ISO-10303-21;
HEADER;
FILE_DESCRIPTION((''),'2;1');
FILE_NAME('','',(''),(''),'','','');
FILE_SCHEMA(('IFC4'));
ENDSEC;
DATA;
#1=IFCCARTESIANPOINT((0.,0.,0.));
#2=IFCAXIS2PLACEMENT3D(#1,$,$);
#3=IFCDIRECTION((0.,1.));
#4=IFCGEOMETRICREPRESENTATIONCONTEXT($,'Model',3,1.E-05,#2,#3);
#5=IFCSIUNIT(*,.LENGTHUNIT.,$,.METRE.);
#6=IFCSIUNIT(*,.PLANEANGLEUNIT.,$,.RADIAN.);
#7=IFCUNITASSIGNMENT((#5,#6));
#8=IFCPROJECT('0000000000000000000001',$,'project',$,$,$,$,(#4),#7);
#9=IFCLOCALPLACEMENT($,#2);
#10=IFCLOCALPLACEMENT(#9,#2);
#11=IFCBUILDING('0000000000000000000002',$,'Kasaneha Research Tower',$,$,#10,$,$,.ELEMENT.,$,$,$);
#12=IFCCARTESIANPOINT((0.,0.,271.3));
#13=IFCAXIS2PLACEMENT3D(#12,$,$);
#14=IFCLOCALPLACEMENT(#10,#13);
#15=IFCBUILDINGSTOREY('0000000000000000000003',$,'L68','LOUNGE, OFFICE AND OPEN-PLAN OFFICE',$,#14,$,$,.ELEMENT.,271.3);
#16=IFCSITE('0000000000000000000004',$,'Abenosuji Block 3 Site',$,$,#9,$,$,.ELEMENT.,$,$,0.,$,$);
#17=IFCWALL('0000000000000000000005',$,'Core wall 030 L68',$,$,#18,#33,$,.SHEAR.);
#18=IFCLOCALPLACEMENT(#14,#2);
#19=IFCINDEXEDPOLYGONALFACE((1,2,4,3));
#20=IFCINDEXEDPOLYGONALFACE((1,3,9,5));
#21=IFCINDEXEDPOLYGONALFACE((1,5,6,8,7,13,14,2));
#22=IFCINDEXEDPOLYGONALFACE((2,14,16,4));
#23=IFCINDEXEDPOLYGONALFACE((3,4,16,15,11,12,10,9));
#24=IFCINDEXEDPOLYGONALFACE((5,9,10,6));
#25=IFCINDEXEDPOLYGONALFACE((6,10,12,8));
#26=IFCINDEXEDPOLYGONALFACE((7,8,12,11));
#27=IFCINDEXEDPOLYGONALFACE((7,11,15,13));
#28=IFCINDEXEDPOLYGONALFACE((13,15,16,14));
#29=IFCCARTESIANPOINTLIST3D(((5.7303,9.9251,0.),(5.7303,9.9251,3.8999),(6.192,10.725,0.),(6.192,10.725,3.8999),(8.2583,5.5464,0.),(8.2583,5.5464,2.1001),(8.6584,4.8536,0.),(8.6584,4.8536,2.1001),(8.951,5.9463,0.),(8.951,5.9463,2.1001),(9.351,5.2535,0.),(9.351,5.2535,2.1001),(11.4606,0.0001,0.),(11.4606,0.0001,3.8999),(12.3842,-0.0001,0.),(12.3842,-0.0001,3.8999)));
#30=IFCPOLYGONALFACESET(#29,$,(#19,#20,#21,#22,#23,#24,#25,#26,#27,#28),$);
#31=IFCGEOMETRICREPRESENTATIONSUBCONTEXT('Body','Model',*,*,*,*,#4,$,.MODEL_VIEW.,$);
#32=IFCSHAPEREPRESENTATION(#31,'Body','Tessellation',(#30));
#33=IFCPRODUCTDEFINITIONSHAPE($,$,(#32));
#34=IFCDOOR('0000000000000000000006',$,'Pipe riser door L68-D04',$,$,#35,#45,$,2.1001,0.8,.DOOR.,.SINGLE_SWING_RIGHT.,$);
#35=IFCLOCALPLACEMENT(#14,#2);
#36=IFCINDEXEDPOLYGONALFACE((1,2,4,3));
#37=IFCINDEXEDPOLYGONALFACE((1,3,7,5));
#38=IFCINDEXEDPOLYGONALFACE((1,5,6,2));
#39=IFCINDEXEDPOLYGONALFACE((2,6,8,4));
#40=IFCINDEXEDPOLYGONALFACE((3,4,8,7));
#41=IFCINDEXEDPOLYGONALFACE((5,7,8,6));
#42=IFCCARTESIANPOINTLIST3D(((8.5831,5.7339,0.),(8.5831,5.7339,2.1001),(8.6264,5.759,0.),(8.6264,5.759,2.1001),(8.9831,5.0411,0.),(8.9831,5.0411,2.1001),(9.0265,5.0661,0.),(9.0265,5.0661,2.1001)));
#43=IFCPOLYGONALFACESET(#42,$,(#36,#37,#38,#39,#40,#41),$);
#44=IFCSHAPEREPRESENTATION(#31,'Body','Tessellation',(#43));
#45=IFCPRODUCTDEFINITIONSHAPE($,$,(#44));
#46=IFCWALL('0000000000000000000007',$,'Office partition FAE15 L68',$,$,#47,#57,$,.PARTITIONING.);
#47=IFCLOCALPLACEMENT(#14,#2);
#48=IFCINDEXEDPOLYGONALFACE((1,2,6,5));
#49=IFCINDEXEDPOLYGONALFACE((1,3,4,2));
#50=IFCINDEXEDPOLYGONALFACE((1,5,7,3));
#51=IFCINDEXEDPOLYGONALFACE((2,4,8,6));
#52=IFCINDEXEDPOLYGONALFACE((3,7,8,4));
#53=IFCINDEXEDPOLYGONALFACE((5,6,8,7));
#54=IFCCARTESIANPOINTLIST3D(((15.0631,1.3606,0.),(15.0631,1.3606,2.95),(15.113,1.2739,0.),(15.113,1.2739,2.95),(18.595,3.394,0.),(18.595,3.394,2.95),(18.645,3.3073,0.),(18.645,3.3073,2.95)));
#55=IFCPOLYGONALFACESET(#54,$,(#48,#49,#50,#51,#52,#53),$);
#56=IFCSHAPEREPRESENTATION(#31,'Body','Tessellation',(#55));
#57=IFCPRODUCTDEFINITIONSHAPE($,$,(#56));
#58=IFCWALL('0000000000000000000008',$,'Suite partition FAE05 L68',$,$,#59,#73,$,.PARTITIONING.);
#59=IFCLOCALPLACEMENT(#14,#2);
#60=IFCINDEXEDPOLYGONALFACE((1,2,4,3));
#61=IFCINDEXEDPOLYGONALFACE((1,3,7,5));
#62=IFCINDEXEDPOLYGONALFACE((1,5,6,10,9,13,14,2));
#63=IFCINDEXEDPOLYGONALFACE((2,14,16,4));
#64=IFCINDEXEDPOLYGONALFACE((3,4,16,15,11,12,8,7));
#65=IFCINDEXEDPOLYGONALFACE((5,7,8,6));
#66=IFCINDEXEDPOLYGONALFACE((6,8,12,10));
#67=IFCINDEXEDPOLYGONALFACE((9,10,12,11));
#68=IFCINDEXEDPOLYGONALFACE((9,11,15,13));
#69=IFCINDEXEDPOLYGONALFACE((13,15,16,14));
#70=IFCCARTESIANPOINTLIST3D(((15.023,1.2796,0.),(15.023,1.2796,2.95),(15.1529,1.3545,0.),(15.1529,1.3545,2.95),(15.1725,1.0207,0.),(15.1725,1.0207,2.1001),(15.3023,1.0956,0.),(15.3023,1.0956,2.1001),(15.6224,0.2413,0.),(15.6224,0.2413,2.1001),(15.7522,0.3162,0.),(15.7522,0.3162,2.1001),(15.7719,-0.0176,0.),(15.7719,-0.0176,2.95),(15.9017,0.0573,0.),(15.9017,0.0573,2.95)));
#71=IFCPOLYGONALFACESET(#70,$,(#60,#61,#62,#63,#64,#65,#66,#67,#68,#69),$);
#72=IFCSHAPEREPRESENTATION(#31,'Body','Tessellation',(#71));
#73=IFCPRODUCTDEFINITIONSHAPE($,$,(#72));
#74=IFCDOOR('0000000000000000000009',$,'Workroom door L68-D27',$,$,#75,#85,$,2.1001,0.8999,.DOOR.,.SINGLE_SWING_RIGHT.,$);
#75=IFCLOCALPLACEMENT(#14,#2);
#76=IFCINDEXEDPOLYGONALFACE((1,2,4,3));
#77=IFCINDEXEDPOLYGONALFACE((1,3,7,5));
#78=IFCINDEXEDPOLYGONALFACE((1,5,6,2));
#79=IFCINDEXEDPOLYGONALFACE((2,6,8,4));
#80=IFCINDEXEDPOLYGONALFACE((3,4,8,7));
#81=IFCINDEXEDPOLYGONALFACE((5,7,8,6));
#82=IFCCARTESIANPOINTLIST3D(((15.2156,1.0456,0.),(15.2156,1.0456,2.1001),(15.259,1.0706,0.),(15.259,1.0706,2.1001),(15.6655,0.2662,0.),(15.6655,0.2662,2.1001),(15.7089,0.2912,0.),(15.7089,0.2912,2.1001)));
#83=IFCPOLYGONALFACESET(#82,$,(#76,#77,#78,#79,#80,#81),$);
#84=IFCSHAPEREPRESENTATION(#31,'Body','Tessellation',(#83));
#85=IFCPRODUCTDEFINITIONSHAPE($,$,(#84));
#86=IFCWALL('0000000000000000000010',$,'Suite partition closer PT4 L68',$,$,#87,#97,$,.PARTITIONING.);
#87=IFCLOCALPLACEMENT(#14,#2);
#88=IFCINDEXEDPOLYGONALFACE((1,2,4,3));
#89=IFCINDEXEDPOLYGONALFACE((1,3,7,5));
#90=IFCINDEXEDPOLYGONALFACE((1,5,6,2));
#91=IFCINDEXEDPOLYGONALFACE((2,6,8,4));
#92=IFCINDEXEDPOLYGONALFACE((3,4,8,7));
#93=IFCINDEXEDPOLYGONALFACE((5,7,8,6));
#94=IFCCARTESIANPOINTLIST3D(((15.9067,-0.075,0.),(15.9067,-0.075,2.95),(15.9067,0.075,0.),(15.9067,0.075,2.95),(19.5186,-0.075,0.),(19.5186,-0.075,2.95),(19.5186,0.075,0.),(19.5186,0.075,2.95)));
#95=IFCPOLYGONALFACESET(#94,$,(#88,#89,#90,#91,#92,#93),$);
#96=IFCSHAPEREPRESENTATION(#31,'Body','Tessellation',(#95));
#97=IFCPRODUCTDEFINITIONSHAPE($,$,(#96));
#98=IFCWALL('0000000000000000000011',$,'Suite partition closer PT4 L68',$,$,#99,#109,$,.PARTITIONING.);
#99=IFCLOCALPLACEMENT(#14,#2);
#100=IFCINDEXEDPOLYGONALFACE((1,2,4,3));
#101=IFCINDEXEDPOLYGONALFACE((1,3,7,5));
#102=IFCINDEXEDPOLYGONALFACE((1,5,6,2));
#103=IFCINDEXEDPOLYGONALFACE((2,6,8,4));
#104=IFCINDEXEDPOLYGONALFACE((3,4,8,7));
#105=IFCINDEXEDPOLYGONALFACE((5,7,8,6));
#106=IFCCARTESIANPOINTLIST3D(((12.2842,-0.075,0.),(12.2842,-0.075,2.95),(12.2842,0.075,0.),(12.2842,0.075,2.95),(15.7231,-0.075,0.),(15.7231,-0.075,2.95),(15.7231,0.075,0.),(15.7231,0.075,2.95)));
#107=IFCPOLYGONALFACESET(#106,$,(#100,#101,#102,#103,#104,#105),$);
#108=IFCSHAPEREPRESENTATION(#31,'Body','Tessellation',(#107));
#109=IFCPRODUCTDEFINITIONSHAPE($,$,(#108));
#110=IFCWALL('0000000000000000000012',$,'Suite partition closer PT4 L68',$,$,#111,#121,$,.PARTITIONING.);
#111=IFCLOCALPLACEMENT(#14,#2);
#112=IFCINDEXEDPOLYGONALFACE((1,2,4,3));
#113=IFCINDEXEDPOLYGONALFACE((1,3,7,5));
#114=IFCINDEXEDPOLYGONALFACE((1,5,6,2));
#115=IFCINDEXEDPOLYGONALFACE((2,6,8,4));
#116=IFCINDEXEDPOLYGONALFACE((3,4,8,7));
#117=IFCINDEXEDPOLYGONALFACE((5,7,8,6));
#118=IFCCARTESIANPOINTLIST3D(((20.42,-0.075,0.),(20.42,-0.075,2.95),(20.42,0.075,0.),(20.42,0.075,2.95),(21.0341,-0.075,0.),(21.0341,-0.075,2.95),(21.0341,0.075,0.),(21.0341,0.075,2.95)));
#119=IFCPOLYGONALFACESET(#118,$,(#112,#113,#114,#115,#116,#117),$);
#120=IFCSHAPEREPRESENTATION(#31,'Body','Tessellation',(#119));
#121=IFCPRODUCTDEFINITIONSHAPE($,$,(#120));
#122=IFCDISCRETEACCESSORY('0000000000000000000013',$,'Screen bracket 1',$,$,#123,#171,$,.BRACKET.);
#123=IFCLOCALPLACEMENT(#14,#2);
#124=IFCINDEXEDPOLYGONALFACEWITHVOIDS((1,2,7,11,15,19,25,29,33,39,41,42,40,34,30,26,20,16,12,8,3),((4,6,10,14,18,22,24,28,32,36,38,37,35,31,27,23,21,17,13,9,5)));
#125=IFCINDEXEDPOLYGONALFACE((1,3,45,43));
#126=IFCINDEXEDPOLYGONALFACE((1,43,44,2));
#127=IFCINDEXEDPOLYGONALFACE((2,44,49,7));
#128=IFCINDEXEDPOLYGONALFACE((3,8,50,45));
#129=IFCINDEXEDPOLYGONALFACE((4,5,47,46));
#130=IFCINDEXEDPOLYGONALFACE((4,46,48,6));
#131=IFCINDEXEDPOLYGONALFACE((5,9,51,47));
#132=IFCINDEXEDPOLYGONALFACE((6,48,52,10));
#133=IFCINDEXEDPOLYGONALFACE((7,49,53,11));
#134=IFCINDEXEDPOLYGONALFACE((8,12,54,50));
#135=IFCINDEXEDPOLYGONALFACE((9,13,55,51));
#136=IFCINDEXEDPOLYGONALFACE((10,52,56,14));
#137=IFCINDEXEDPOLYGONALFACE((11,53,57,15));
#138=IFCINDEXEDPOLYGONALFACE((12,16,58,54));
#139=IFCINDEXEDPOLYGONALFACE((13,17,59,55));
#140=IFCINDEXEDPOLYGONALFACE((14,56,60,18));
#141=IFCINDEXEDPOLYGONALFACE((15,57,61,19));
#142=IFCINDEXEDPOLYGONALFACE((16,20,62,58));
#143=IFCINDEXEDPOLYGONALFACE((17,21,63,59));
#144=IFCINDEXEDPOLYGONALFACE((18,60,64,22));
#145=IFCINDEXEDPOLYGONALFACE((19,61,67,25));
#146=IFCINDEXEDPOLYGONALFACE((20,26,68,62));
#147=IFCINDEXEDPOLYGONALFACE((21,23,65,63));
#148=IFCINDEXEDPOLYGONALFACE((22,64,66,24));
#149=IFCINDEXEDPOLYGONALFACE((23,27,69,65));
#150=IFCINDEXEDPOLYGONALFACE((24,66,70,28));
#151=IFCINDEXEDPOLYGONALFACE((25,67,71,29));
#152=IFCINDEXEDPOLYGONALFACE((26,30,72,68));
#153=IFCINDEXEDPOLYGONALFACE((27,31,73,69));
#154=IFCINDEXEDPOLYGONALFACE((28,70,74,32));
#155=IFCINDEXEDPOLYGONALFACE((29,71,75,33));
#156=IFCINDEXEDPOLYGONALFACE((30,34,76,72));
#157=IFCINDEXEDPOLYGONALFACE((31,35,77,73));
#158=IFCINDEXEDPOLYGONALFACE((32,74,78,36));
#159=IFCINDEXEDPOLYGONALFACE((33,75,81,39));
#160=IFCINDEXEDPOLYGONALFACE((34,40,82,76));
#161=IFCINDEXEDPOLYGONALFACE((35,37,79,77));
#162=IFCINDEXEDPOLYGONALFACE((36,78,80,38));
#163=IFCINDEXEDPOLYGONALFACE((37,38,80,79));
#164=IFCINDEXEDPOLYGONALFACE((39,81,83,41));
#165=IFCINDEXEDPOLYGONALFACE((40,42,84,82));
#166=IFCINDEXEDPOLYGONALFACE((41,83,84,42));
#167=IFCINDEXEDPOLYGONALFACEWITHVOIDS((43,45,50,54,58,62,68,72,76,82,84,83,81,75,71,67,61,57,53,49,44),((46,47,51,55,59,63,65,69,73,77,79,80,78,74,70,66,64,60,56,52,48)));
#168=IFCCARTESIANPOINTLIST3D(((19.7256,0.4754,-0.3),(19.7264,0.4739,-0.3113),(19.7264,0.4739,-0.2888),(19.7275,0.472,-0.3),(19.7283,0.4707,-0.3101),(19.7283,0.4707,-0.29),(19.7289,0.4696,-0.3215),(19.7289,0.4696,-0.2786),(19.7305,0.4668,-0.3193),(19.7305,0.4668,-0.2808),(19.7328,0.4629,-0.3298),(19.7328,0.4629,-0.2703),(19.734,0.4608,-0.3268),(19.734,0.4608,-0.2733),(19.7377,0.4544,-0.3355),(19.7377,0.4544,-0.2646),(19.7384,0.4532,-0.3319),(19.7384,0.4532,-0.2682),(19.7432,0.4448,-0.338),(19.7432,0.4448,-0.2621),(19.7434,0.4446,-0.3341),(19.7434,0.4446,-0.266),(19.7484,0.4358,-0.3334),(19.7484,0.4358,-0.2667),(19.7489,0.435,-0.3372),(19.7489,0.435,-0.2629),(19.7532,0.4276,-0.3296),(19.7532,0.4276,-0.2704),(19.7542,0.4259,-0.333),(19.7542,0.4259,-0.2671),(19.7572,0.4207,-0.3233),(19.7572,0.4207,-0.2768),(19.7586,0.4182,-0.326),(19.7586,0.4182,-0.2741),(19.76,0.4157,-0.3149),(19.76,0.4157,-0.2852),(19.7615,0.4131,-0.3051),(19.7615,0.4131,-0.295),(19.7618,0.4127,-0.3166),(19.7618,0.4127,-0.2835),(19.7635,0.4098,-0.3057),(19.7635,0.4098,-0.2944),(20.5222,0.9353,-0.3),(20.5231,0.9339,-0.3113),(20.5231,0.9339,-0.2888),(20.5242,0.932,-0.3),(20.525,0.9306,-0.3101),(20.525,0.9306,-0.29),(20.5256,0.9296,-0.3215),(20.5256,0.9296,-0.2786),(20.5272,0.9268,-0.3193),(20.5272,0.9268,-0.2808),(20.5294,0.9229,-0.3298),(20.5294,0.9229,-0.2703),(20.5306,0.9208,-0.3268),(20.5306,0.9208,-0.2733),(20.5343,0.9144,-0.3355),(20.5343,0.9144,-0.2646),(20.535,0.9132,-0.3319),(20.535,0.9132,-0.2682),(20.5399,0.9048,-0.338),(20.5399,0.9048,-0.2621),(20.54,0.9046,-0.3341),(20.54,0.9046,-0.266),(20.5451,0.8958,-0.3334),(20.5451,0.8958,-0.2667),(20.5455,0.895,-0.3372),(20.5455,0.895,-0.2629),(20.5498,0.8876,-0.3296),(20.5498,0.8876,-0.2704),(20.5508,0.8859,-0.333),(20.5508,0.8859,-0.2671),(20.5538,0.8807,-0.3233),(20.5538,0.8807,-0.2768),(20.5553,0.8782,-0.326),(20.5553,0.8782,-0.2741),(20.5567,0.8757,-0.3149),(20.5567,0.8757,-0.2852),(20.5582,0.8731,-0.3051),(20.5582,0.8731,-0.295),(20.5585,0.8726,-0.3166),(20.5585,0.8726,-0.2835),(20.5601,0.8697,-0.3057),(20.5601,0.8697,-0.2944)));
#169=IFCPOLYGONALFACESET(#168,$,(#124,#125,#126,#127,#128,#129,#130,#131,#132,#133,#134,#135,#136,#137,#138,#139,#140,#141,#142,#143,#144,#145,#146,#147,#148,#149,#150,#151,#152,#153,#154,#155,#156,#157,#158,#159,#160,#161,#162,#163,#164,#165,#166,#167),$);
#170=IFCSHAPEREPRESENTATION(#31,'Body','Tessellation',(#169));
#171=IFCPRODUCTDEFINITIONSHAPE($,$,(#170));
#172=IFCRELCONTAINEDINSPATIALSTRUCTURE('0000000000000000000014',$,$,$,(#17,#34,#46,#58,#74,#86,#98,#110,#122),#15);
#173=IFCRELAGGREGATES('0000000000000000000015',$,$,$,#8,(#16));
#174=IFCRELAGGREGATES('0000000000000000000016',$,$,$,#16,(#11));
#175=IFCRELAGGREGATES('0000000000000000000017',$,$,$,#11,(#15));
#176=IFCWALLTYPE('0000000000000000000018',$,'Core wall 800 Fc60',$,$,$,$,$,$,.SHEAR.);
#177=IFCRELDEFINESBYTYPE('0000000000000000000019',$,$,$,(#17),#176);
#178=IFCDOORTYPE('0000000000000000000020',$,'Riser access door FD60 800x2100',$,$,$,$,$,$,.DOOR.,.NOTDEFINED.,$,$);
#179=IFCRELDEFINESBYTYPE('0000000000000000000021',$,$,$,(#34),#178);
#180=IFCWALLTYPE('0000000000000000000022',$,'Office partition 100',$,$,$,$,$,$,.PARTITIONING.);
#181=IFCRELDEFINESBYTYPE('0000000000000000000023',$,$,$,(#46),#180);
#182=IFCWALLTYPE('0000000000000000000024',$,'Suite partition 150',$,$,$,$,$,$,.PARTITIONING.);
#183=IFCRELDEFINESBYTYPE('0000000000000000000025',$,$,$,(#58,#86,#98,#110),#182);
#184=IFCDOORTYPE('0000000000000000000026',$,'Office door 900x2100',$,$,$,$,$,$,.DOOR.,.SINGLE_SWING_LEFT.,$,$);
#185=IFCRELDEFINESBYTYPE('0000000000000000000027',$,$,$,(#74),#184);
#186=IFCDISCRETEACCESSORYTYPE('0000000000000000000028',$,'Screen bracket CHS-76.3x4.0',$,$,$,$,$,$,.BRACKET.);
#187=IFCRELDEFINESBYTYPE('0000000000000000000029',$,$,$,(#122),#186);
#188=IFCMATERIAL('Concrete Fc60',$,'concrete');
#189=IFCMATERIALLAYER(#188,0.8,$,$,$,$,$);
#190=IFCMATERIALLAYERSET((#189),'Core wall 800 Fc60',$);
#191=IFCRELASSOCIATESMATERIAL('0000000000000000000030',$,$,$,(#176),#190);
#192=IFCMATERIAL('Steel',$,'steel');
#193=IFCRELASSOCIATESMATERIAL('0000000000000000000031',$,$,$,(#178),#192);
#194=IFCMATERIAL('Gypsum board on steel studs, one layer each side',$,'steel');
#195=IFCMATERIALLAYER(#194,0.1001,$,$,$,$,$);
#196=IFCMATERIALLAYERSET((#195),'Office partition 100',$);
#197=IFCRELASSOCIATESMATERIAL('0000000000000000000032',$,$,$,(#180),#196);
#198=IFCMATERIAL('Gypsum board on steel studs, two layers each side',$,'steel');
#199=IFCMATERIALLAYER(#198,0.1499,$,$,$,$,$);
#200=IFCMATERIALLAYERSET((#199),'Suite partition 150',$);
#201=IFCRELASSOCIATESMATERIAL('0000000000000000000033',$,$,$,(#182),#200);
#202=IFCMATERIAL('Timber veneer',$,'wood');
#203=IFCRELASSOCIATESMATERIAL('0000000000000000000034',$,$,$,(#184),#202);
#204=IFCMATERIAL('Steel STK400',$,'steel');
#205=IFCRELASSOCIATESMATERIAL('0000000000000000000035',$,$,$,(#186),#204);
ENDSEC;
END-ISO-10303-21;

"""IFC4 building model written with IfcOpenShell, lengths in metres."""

from ifc_helpers import new_model, si_unit, direction, frame, frame_2d, origin, origin_2d, place, context, subcontext, project, spatial, polyline, rectangle, hollow_circle, outline, extrude, material, layer, layer_set, material_profile, profile_set, type_object, element, fill, save


model = new_model("IFC4")

# Units and contexts
model_context = context("Model", 3, precision=1e-05, world=origin(), true_north=direction((0.0, 1.0)))
body_context = subcontext(model_context, "Body", "Model", "MODEL_VIEW")
ifc_project = project(units=[si_unit("LENGTHUNIT", "METRE"), si_unit("PLANEANGLEUNIT", "RADIAN")], contexts=[model_context])

# Site, building, storey
site_placement = place(None, origin())
site = spatial("IfcSite", under=ifc_project, at=site_placement, Name="Abenosuji Block 3 Site", CompositionType="ELEMENT", RefElevation=0.0)
building_placement = place(site_placement, origin())
building = spatial("IfcBuilding", under=site, at=building_placement, Name="Kasaneha Research Tower", CompositionType="ELEMENT")
storey_placement = place(building_placement, frame((0.0, 0.0, 271.3)))
storey = spatial("IfcBuildingStorey", under=building, at=storey_placement, Name="L68", Description="LOUNGE, OFFICE AND OPEN-PLAN OFFICE", CompositionType="ELEMENT", Elevation=271.3)

# Wall, opening, door
ifc_material_1 = material(Name="Concrete Fc60", Category="concrete")
ifc_layer_1 = layer(ifc_material_1, 0.8)
ifc_layer_set_1 = layer_set([ifc_layer_1], Name="Core wall 800 Fc60")
wall_type_1 = type_object("IfcWallType", Name="Core wall 800 Fc60", PredefinedType="SHEAR", material=ifc_layer_set_1)
wall_1_placement = place(storey_placement, frame((11.9224, 0.0, 0.0), z_axis=(0.0, 0.0, 1.0), x_axis=(-0.500004, 0.866023, 0.0)))
wall_1 = element("IfcWall", 1, at=wall_1_placement, inside=storey, type_object=wall_type_1, Name="Core wall 030 L68", PredefinedType="SHEAR", context=body_context, shape_type="SweptSolid", body=[
    extrude(outline(polyline([(-0.231, -0.3999), (5.8354, -0.3999), (6.6355, -0.3999), (12.1533, -0.3999), (11.6914, 0.3999), (6.6355, 0.3999), (5.8354, 0.3999), (0.231, 0.3999), (-0.231, -0.3999)])), origin(), (0.0, 0.0, 1.0), 3.8999),
])
opening_1_placement = place(wall_1_placement, frame((5.8354, 0.0, 0.0)))
opening_1 = element("IfcOpeningElement", 2, at=opening_1_placement, cuts=wall_1, PredefinedType="OPENING", context=body_context, shape_type="SweptSolid", body=[
    extrude(rectangle(XDim=0.8, YDim=2.1001, at=frame_2d((0.3999, 1.05))), frame((0.0, 0.4102, 0.0), z_axis=(0.0, -1.0, 0.0), x_axis=(1.0, 0.0, 0.0)), (0.0, 0.0, 1.0), 0.8201),
])
ifc_material_2 = material(Name="Steel", Category="steel")
door_type_1 = type_object("IfcDoorType", Name="Riser access door FD60 800x2100", OperationType="NOTDEFINED", PredefinedType="DOOR", material=ifc_material_2)
door_1_placement = place(opening_1_placement, origin())
door_1 = element("IfcDoor", 3, at=door_1_placement, inside=storey, type_object=door_type_1, Name="Pipe riser door L68-D04", OperationType="SINGLE_SWING_RIGHT", OverallHeight=2.1001, OverallWidth=0.8, PredefinedType="DOOR", context=body_context, shape_type="SweptSolid", body=[
    extrude(rectangle(XDim=0.8, YDim=2.1001, at=frame_2d((0.3999, 1.05))), frame((0.0, 0.0249, 0.0), z_axis=(0.0, -1.0, 0.0), x_axis=(1.0, 0.0, 0.0)), (0.0, 0.0, 1.0), 0.05),
])
fill(opening_1, door_1)

# Wall
ifc_material_3 = material(Name="Gypsum board on steel studs, one layer each side", Category="steel")
ifc_layer_2 = layer(ifc_material_3, 0.1001)
ifc_layer_set_2 = layer_set([ifc_layer_2], Name="Office partition 100")
wall_type_2 = type_object("IfcWallType", Name="Office partition 100", PredefinedType="PARTITIONING", material=ifc_layer_set_2)
wall_2_placement = place(storey_placement, frame((18.6199, 3.3506, 0.0), z_axis=(0.0, 0.0, 1.0), x_axis=(-0.866635, -0.498943, 0.0)))
element("IfcWall", 4, at=wall_2_placement, inside=storey, type_object=wall_type_2, Name="Office partition FAE15 L68", PredefinedType="PARTITIONING", context=body_context, shape_type="SweptSolid", body=[
    extrude(rectangle(XDim=4.0754, YDim=0.1001, at=frame_2d((2.0376, 0.0))), origin(), (0.0, 0.0, 1.0), 2.95),
])

# Wall, opening, door
ifc_material_4 = material(Name="Gypsum board on steel studs, two layers each side", Category="steel")
ifc_layer_3 = layer(ifc_material_4, 0.1499)
ifc_layer_set_3 = layer_set([ifc_layer_3], Name="Suite partition 150")
wall_type_3 = type_object("IfcWallType", Name="Suite partition 150", PredefinedType="PARTITIONING", material=ifc_layer_set_3)
wall_3_placement = place(storey_placement, frame((15.0879, 1.3171, 0.0), z_axis=(0.0, 0.0, 1.0), x_axis=(0.499944, -0.866058, 0.0)))
wall_3 = element("IfcWall", 5, at=wall_3_placement, inside=storey, type_object=wall_type_3, Name="Suite partition FAE05 L68", PredefinedType="PARTITIONING", context=body_context, shape_type="SweptSolid", body=[
    extrude(rectangle(XDim=1.4978, YDim=0.1499, at=frame_2d((0.749, 0.0))), origin(), (0.0, 0.0, 1.0), 2.95),
])
opening_2_placement = place(wall_3_placement, frame((0.2991, 0.0, 0.0)))
opening_2 = element("IfcOpeningElement", 6, at=opening_2_placement, cuts=wall_3, PredefinedType="OPENING", context=body_context, shape_type="SweptSolid", body=[
    extrude(rectangle(XDim=0.8999, YDim=2.1001, at=frame_2d((0.45, 1.05))), frame((0.0, 0.085, 0.0), z_axis=(0.0, -1.0, 0.0), x_axis=(1.0, 0.0, 0.0)), (0.0, 0.0, 1.0), 0.1699),
])
ifc_material_5 = material(Name="Timber veneer", Category="wood")
door_type_2 = type_object("IfcDoorType", Name="Office door 900x2100", OperationType="SINGLE_SWING_LEFT", PredefinedType="DOOR", material=ifc_material_5)
door_2_placement = place(opening_2_placement, origin())
door_2 = element("IfcDoor", 7, at=door_2_placement, inside=storey, type_object=door_type_2, Name="Workroom door L68-D27", OperationType="SINGLE_SWING_RIGHT", OverallHeight=2.1001, OverallWidth=0.8999, PredefinedType="DOOR", context=body_context, shape_type="SweptSolid", body=[
    extrude(rectangle(XDim=0.8999, YDim=2.1001, at=frame_2d((0.45, 1.05))), frame((0.0, 0.0249, 0.0), z_axis=(0.0, -1.0, 0.0), x_axis=(1.0, 0.0, 0.0)), (0.0, 0.0, 1.0), 0.05),
])
fill(opening_2, door_2)

# Walls
wall_4_placement = place(storey_placement, frame((19.5186, 0.0, 0.0), z_axis=(0.0, 0.0, 1.0), x_axis=(-1.0, 0.0, 0.0)))
element("IfcWall", 8, at=wall_4_placement, inside=storey, type_object=wall_type_3, Name="Suite partition closer PT4 L68", PredefinedType="PARTITIONING", context=body_context, shape_type="SweptSolid", body=[
    extrude(rectangle(XDim=3.6118, YDim=0.1499, at=frame_2d((1.8059, 0.0))), origin(), (0.0, 0.0, 1.0), 2.95),
])
wall_5_placement = place(storey_placement, frame((12.2842, 0.0, 0.0), z_axis=(0.0, 0.0, 1.0), x_axis=(1.0, 0.0, 0.0)))
element("IfcWall", 9, at=wall_5_placement, inside=storey, type_object=wall_type_3, Name="Suite partition closer PT4 L68", PredefinedType="PARTITIONING", context=body_context, shape_type="SweptSolid", body=[
    extrude(rectangle(XDim=3.439, YDim=0.1499, at=frame_2d((1.7195, 0.0))), origin(), (0.0, 0.0, 1.0), 2.95),
])
wall_6_placement = place(storey_placement, frame((20.4199, 0.0, 0.0), z_axis=(0.0, 0.0, 1.0), x_axis=(1.0, 0.0, 0.0)))
element("IfcWall", 10, at=wall_6_placement, inside=storey, type_object=wall_type_3, Name="Suite partition closer PT4 L68", PredefinedType="PARTITIONING", context=body_context, shape_type="SweptSolid", body=[
    extrude(rectangle(XDim=0.614, YDim=0.1499, at=frame_2d((0.3071, 0.0))), origin(), (0.0, 0.0, 1.0), 2.95),
])

# Discrete accessory
ifc_material_6 = material(Name="Steel STK400", Category="steel")
ifc_material_profile_1 = material_profile(ifc_material_6, hollow_circle(Radius=0.0381, WallThickness=0.0039, at=origin_2d()), Name="CHS-76.3x4.0")
ifc_profile_set_1 = profile_set([ifc_material_profile_1], Name="Steel STK400")
discrete_accessory_type = type_object("IfcDiscreteAccessoryType", Name="Screen bracket CHS-76.3x4.0", PredefinedType="BRACKET", material=ifc_profile_set_1)
for number, where, z_axis, x_axis, name in (
    (11, (19.7446, 0.4424, -0.3), (0.866013, 0.500021, 0.0), (-0.500021, 0.866013, 0.0), "Screen bracket 1"),
):
    element("IfcDiscreteAccessory", number, at=place(storey_placement, frame(where, z_axis=z_axis, x_axis=x_axis)), inside=storey, type_object=discrete_accessory_type, Name=name, PredefinedType="BRACKET", context=body_context, shape_type="SweptSolid", body=[
        extrude(hollow_circle(Radius=0.0381, WallThickness=0.0039, at=origin_2d()), origin(), (0.0, 0.0, 1.0), 0.9199),
    ])

save(model, "model.ifc")
